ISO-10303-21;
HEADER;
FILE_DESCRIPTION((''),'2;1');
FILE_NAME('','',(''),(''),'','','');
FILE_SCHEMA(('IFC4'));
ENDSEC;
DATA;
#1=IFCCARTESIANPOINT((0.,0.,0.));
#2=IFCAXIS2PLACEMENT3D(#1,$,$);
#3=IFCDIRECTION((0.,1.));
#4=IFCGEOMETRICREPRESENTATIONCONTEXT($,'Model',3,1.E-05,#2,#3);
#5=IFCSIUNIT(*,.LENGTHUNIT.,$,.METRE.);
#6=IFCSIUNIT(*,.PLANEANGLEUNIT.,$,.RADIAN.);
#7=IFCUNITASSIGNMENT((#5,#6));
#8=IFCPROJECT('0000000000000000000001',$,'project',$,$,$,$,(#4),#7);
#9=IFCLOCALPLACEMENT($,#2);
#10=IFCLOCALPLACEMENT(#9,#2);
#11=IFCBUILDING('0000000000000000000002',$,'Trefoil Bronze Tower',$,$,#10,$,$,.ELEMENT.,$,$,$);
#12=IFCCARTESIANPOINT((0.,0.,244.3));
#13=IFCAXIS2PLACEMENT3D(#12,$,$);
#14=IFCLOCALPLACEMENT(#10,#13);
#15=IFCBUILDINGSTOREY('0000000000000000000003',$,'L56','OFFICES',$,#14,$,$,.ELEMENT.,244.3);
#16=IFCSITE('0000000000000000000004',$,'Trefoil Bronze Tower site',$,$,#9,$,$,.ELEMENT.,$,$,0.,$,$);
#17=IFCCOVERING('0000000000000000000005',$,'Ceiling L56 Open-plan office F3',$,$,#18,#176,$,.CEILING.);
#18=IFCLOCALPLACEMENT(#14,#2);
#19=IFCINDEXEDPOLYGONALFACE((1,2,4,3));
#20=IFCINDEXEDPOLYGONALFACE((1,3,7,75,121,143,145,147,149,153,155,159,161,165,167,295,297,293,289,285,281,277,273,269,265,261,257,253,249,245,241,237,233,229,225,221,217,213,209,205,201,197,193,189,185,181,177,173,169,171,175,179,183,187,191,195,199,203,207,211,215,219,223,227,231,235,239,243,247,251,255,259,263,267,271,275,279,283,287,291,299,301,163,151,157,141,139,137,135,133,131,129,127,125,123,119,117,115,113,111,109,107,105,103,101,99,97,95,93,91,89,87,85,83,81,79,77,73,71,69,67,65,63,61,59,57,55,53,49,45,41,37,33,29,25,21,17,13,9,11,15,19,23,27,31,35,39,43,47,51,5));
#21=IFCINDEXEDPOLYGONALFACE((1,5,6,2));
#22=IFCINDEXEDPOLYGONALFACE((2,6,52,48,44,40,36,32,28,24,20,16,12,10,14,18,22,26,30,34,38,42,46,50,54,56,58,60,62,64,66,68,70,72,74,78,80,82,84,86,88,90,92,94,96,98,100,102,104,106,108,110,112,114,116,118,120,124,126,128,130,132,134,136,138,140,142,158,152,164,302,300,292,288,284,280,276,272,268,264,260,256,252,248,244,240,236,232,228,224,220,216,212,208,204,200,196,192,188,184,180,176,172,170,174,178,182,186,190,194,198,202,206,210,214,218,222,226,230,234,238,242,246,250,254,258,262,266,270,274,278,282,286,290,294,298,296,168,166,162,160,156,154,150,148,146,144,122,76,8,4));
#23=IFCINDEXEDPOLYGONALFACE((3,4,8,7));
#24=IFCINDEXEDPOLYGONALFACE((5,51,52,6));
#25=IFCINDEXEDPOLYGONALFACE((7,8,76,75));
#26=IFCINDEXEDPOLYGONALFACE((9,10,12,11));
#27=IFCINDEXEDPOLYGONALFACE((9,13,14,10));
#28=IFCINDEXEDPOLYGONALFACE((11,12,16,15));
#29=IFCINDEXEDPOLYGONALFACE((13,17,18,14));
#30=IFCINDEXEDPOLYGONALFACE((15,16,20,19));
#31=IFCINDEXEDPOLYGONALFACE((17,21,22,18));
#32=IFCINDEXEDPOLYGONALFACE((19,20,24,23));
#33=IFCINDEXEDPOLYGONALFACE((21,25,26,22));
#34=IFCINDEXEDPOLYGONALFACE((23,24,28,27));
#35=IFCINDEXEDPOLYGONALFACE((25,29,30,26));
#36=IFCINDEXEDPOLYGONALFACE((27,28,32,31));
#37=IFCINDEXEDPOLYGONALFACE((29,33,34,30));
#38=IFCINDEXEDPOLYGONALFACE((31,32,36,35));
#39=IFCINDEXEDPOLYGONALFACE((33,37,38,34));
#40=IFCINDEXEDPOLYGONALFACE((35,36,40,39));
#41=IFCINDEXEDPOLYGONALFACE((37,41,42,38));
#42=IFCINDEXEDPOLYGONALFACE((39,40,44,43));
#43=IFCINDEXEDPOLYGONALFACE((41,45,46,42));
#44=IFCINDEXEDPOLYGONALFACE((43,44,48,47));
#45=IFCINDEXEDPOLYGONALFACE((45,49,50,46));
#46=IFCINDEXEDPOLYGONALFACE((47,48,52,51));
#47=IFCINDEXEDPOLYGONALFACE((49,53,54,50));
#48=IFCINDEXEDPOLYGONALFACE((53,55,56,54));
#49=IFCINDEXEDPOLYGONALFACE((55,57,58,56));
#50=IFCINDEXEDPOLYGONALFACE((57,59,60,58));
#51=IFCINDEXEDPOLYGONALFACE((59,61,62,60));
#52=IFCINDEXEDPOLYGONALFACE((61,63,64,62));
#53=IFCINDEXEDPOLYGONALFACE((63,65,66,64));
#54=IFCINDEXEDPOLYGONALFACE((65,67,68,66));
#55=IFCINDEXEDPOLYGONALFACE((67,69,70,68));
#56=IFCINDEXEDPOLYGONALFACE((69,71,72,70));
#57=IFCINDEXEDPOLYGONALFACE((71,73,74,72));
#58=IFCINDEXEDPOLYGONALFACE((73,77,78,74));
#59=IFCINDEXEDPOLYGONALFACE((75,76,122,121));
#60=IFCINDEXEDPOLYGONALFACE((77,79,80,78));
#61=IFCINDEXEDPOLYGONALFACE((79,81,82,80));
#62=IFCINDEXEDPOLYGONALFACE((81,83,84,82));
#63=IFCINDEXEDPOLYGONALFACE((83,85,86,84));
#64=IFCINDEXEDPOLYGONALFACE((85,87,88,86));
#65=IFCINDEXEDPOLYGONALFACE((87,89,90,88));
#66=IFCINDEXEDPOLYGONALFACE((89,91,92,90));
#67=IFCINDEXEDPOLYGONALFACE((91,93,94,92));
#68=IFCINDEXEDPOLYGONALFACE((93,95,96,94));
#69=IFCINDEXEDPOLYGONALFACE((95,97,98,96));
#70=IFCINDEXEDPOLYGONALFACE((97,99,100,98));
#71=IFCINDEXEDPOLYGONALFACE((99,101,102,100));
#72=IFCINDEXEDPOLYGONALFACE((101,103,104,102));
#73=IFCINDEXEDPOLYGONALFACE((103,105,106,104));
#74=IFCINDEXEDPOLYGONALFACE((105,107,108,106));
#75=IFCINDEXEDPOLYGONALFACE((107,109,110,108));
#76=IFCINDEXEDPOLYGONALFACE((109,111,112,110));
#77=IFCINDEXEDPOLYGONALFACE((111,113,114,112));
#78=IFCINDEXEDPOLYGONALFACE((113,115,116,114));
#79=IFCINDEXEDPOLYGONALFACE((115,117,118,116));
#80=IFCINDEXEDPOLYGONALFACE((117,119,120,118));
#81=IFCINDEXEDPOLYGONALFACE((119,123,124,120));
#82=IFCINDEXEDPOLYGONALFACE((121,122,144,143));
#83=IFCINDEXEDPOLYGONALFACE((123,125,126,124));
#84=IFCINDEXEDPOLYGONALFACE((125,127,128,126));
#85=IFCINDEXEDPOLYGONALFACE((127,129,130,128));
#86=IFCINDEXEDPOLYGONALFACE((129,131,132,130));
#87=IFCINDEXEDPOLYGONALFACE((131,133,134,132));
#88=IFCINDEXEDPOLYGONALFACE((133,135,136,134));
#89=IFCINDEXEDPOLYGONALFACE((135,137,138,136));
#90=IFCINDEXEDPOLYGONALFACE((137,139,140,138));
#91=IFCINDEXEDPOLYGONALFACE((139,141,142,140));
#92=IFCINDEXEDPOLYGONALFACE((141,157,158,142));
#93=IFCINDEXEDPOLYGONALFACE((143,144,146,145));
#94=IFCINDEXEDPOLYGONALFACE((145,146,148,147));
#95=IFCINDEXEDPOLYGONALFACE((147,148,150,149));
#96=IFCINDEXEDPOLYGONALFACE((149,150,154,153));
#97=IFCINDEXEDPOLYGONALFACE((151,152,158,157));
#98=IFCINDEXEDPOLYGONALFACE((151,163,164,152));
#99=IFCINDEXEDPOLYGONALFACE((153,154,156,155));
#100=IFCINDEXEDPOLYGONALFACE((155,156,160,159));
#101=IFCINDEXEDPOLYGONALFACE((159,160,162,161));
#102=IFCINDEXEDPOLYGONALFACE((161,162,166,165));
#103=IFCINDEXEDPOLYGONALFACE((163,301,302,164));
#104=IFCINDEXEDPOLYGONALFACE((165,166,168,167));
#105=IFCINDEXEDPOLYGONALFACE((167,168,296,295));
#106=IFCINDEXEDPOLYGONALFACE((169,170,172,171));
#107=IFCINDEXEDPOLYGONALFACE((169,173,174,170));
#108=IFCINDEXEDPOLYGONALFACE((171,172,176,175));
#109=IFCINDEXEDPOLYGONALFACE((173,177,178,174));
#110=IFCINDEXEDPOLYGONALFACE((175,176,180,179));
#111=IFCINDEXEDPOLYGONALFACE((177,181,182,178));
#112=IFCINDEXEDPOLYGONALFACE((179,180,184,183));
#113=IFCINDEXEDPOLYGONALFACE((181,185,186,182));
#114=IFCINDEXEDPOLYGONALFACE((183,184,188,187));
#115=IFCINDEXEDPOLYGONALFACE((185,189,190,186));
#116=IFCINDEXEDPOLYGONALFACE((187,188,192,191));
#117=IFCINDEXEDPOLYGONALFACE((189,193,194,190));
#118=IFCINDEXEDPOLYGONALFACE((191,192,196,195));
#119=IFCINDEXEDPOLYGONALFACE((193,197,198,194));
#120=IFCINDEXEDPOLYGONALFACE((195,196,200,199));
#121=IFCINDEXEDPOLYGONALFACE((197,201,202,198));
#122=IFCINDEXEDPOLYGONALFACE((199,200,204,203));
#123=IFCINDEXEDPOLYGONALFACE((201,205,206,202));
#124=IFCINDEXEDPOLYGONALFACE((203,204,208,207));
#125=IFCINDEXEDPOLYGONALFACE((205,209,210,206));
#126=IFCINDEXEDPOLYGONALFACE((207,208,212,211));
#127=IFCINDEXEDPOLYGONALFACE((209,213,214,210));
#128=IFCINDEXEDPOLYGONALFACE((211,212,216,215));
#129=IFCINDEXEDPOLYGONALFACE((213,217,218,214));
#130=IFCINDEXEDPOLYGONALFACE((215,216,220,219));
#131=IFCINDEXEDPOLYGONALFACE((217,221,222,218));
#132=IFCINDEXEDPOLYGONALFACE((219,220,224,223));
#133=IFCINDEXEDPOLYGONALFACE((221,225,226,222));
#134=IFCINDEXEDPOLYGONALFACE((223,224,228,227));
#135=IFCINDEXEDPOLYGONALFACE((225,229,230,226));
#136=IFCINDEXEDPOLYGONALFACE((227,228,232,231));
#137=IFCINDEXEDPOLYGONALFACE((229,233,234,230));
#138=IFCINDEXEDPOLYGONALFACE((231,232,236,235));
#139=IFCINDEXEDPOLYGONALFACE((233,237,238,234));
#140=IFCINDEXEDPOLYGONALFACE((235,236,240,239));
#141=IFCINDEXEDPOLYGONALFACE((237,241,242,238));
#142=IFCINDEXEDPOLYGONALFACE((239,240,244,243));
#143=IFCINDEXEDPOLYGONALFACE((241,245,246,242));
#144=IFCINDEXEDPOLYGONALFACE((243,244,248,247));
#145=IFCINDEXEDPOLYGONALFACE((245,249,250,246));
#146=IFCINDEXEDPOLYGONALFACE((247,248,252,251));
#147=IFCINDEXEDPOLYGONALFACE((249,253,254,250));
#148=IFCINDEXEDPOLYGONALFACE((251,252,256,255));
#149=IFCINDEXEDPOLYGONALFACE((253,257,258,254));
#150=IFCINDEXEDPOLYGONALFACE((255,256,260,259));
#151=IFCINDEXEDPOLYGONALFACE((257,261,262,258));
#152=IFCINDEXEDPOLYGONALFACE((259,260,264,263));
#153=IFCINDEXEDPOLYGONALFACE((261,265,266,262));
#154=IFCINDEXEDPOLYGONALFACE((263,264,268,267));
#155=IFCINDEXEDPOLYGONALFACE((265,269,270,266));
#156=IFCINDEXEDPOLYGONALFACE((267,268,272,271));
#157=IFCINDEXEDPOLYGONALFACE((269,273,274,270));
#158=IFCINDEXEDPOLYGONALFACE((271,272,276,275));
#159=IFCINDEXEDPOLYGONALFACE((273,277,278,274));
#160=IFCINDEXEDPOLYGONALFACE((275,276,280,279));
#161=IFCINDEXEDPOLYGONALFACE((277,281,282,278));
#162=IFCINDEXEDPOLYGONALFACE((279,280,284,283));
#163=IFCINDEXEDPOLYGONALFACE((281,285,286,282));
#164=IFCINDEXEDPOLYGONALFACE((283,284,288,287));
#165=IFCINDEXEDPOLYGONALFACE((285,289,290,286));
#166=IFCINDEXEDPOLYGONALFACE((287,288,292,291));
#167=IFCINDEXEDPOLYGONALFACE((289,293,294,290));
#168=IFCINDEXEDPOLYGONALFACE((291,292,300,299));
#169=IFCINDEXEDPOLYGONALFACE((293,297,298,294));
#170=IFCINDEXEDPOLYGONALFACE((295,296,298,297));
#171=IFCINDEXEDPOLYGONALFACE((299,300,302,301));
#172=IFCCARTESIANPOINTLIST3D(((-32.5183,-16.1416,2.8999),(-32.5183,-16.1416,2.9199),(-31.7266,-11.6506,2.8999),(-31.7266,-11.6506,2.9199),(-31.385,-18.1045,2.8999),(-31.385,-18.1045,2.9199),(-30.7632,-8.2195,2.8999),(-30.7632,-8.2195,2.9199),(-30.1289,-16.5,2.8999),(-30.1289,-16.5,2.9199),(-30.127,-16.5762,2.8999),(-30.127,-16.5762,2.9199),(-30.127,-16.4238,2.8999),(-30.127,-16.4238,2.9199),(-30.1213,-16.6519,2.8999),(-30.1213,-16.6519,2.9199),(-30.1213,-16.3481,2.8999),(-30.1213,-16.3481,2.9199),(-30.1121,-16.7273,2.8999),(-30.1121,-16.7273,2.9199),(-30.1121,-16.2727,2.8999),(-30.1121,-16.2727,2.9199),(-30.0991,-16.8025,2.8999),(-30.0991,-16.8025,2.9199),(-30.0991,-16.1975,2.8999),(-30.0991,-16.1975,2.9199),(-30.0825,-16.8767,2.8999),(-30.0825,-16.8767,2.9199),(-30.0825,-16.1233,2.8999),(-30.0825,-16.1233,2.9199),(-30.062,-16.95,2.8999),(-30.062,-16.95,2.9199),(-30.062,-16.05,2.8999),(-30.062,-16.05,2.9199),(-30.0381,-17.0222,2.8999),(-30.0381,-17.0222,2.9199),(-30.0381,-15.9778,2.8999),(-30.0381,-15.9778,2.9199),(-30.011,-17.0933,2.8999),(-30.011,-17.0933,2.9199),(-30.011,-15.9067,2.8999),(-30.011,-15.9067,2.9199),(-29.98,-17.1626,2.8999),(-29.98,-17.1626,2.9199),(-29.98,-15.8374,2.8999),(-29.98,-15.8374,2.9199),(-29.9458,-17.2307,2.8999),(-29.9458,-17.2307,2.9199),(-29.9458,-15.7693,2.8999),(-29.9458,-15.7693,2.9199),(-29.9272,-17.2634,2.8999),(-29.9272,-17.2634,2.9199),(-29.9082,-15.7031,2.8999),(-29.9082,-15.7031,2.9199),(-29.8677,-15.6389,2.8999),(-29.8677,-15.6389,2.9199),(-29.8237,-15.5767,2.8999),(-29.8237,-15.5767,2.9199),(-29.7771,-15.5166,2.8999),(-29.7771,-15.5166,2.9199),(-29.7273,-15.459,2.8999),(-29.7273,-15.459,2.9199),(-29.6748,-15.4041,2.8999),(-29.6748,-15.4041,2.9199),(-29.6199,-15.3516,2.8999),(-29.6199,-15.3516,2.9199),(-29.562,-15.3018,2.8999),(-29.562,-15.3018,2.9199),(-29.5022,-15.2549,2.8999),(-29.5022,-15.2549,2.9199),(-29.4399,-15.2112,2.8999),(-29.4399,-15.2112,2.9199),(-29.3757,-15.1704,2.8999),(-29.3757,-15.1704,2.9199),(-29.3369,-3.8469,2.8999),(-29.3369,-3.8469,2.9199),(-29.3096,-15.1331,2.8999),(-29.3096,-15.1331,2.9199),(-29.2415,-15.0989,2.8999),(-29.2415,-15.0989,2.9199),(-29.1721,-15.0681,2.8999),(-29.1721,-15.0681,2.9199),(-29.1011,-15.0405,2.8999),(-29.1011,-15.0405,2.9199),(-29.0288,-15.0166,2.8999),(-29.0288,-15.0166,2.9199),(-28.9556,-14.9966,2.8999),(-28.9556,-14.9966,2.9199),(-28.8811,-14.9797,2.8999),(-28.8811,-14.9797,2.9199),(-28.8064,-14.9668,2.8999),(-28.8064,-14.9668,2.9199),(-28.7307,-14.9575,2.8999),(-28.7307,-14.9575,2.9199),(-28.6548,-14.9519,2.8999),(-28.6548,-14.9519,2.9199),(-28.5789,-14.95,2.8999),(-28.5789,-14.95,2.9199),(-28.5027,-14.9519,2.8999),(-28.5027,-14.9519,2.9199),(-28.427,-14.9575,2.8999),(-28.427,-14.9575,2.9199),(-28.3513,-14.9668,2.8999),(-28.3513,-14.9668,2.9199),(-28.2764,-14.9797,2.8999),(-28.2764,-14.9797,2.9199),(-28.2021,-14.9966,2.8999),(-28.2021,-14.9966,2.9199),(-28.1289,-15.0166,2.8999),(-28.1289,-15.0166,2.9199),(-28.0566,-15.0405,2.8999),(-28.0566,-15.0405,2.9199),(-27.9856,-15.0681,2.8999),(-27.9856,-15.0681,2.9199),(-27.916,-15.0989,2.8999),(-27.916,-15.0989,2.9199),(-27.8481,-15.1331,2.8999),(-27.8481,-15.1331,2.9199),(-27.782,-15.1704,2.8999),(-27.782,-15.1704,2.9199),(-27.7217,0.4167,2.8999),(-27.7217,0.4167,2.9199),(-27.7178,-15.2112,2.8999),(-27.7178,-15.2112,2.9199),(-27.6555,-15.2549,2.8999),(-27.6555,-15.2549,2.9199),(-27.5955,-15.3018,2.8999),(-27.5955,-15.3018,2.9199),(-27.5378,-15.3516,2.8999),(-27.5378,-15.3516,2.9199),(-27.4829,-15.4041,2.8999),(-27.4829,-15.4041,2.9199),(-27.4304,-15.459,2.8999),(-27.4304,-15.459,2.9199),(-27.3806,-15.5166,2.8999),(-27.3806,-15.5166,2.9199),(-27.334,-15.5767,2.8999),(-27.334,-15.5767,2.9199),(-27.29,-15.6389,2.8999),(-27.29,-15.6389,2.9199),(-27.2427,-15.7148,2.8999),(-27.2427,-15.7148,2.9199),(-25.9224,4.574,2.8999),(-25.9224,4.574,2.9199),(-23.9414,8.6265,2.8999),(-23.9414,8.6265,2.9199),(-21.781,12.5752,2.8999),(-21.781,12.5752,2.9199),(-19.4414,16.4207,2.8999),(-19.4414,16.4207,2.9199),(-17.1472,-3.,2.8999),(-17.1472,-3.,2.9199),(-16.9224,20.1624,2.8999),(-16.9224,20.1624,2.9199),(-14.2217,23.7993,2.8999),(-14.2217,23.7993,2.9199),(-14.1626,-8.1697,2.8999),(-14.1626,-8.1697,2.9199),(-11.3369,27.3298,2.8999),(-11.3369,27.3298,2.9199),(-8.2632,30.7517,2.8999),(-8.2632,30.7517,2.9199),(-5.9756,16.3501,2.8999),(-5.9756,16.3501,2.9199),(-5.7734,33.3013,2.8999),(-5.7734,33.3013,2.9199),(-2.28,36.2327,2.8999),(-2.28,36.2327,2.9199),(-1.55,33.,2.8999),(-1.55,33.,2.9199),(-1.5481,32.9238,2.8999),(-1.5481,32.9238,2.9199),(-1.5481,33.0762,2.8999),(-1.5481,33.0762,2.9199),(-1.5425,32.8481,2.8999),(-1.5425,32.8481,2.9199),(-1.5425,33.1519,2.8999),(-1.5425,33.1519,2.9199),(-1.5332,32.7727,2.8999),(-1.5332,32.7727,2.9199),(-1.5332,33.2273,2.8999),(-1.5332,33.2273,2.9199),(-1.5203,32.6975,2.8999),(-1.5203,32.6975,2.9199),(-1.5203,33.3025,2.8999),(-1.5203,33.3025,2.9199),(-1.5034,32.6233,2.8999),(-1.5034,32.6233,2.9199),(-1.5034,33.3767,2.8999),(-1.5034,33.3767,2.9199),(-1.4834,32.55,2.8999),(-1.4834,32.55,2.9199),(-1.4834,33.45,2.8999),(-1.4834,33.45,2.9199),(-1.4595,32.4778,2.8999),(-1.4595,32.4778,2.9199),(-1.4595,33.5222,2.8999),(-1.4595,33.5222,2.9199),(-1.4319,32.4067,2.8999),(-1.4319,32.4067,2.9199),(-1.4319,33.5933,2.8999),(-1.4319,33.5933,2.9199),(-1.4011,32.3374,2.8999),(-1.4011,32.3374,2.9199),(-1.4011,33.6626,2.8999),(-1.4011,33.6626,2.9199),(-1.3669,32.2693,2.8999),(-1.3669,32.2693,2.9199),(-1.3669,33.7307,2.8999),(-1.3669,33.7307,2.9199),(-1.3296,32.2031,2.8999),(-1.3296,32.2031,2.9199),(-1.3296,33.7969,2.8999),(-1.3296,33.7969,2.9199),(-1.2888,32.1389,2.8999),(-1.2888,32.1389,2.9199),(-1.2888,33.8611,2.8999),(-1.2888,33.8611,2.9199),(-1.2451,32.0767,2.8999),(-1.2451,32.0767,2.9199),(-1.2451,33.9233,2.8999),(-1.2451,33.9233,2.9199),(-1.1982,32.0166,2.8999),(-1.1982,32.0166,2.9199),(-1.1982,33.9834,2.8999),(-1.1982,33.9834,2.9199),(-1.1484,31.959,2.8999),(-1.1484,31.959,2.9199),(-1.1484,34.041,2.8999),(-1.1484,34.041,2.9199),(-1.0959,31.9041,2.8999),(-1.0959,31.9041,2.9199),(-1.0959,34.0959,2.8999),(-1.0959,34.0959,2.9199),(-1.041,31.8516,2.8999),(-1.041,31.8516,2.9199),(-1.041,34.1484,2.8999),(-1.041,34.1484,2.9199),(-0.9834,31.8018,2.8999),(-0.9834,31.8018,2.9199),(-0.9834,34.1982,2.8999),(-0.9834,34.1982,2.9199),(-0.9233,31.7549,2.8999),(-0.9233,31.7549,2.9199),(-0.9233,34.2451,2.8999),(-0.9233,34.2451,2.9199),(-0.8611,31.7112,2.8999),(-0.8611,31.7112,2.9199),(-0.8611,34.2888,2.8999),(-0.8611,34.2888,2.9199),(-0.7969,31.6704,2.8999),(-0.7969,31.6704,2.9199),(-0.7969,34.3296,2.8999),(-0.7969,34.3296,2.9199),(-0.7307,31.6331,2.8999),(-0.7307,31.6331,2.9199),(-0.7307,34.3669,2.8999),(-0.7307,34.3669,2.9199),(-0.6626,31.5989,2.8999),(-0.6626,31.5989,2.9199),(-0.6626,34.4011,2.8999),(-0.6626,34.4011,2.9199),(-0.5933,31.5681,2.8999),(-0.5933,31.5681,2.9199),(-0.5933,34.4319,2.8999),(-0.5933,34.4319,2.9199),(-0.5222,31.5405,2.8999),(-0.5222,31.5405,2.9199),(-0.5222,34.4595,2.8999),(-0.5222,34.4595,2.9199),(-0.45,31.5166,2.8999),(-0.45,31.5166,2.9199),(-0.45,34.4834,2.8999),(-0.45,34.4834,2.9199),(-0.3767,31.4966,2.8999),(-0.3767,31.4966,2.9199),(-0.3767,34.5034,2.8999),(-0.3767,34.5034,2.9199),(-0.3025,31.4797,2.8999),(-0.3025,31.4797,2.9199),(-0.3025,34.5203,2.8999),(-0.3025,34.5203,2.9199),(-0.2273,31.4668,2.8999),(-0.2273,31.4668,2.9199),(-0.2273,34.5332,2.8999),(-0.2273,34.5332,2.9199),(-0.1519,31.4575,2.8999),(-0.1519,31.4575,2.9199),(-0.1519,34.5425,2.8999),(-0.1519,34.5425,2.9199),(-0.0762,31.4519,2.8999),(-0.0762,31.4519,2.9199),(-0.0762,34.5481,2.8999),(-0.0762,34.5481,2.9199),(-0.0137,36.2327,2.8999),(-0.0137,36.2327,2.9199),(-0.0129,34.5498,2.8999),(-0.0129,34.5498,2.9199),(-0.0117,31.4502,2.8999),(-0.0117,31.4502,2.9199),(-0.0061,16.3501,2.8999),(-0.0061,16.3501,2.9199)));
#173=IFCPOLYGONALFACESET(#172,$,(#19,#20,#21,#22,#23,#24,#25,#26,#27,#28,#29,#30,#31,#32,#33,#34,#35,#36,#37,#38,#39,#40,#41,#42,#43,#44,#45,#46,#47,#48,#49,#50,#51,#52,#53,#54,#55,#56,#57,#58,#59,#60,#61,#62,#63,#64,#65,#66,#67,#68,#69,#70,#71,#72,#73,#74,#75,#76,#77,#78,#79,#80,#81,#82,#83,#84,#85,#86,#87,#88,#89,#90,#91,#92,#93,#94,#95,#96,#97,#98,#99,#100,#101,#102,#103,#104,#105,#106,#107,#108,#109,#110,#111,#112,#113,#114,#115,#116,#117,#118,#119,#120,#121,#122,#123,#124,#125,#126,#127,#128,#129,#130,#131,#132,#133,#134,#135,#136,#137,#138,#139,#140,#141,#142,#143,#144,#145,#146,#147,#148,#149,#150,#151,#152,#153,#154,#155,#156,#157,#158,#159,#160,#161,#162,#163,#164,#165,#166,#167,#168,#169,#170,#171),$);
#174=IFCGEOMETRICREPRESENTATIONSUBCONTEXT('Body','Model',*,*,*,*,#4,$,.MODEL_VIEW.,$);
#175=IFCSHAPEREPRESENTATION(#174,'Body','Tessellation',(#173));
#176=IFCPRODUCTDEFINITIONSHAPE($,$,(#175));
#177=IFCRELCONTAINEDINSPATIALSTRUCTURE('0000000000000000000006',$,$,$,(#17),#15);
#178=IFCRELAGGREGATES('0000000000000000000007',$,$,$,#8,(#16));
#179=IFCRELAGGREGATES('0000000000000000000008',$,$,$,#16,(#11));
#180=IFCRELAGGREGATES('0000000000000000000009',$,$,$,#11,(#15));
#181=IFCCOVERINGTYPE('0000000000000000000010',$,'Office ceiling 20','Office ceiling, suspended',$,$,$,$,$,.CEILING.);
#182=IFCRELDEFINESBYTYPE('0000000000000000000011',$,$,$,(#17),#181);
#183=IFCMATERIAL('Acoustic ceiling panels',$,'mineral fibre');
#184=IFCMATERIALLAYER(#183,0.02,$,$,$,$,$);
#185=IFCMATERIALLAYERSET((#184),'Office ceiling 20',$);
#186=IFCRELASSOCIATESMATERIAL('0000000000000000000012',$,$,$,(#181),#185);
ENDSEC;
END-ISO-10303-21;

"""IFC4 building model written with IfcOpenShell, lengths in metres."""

from ifc_helpers import new_model, si_unit, direction, frame, origin, place, context, subcontext, project, spatial, polyline, outline, extrude, material, layer, layer_set, type_object, element, save


model = new_model("IFC4")

# Units and contexts
model_context = context("Model", 3, precision=1e-05, world=origin(), true_north=direction((0.0, 1.0)))
body_context = subcontext(model_context, "Body", "Model", "MODEL_VIEW")
ifc_project = project(units=[si_unit("LENGTHUNIT", "METRE"), si_unit("PLANEANGLEUNIT", "RADIAN")], contexts=[model_context])

# Site, building, storey
site_placement = place(None, origin())
site = spatial("IfcSite", under=ifc_project, at=site_placement, Name="Trefoil Bronze Tower site", CompositionType="ELEMENT", RefElevation=0.0)
building_placement = place(site_placement, origin())
building = spatial("IfcBuilding", under=site, at=building_placement, Name="Trefoil Bronze Tower", CompositionType="ELEMENT")
storey_placement = place(building_placement, frame((0.0, 0.0, 244.3)))
storey = spatial("IfcBuildingStorey", under=building, at=storey_placement, Name="L56", Description="OFFICES", CompositionType="ELEMENT", Elevation=244.3)

# Covering
ifc_material_1 = material(Name="Acoustic ceiling panels", Category="mineral fibre")
ifc_layer_1 = layer(ifc_material_1, 0.02)
ifc_layer_set_1 = layer_set([ifc_layer_1], Name="Office ceiling 20")
covering_type_1 = type_object("IfcCoveringType", Name="Office ceiling 20", Description="Office ceiling, suspended", PredefinedType="CEILING", material=ifc_layer_set_1)
covering_1_placement = place(storey_placement, frame((0.0, 0.0, 2.8999)))
element("IfcCovering", 1, at=covering_1_placement, inside=storey, type_object=covering_type_1, Name="Ceiling L56 Open-plan office F3", PredefinedType="CEILING", context=body_context, shape_type="SweptSolid", body=[
    extrude(outline(polyline([(-30.7632, -8.2195), (-29.3369, -3.8469), (-27.7217, 0.4167), (-25.9224, 4.574), (-23.9414, 8.6265), (-21.781, 12.5752), (-19.4414, 16.4207), (-16.9224, 20.1624), (-14.2217, 23.7993), (-11.3369, 27.3298), (-8.2632, 30.7517), (-5.7734, 33.3013), (-2.28, 36.2327), (-0.0137, 36.2327), (-0.0129, 34.5498), (-0.0762, 34.5481), (-0.1519, 34.5425), (-0.2273, 34.5332), (-0.3025, 34.5203), (-0.3767, 34.5034), (-0.45, 34.4834), (-0.5222, 34.4595), (-0.5933, 34.4319), (-0.6626, 34.4011), (-0.7307, 34.3669), (-0.7969, 34.3296), (-0.8611, 34.2888), (-0.9233, 34.2451), (-0.9834, 34.1982), (-1.041, 34.1484), (-1.0959, 34.0959), (-1.1484, 34.041), (-1.1982, 33.9834), (-1.2451, 33.9233), (-1.2888, 33.8611), (-1.3296, 33.7969), (-1.3669, 33.7307), (-1.4011, 33.6626), (-1.4319, 33.5933), (-1.4595, 33.5222), (-1.4834, 33.45), (-1.5034, 33.3767), (-1.5203, 33.3025), (-1.5332, 33.2273), (-1.5425, 33.1519), (-1.5481, 33.0762), (-1.55, 33.0), (-1.5481, 32.9238), (-1.5425, 32.8481), (-1.5332, 32.7727), (-1.5203, 32.6975), (-1.5034, 32.6233), (-1.4834, 32.55), (-1.4595, 32.4778), (-1.4319, 32.4067), (-1.4011, 32.3374), (-1.3669, 32.2693), (-1.3296, 32.2031), (-1.2888, 32.1389), (-1.2451, 32.0767), (-1.1982, 32.0166), (-1.1484, 31.959), (-1.0959, 31.9041), (-1.041, 31.8516), (-0.9834, 31.8018), (-0.9233, 31.7549), (-0.8611, 31.7112), (-0.7969, 31.6704), (-0.7307, 31.6331), (-0.6626, 31.5989), (-0.5933, 31.5681), (-0.5222, 31.5405), (-0.45, 31.5166), (-0.3767, 31.4966), (-0.3025, 31.4797), (-0.2273, 31.4668), (-0.1519, 31.4575), (-0.0762, 31.4519), (-0.0117, 31.4502), (-0.0061, 16.3501), (-5.9756, 16.3501), (-17.1472, -3.0), (-14.1626, -8.1697), (-27.2427, -15.7148), (-27.29, -15.6389), (-27.334, -15.5767), (-27.3806, -15.5166), (-27.4304, -15.459), (-27.4829, -15.4041), (-27.5378, -15.3516), (-27.5955, -15.3018), (-27.6555, -15.2549), (-27.7178, -15.2112), (-27.782, -15.1704), (-27.8481, -15.1331), (-27.916, -15.0989), (-27.9856, -15.0681), (-28.0566, -15.0405), (-28.1289, -15.0166), (-28.2021, -14.9966), (-28.2764, -14.9797), (-28.3513, -14.9668), (-28.427, -14.9575), (-28.5027, -14.9519), (-28.5789, -14.95), (-28.6548, -14.9519), (-28.7307, -14.9575), (-28.8064, -14.9668), (-28.8811, -14.9797), (-28.9556, -14.9966), (-29.0288, -15.0166), (-29.1011, -15.0405), (-29.1721, -15.0681), (-29.2415, -15.0989), (-29.3096, -15.1331), (-29.3757, -15.1704), (-29.4399, -15.2112), (-29.5022, -15.2549), (-29.562, -15.3018), (-29.6199, -15.3516), (-29.6748, -15.4041), (-29.7273, -15.459), (-29.7771, -15.5166), (-29.8237, -15.5767), (-29.8677, -15.6389), (-29.9082, -15.7031), (-29.9458, -15.7693), (-29.98, -15.8374), (-30.011, -15.9067), (-30.0381, -15.9778), (-30.062, -16.05), (-30.0825, -16.1233), (-30.0991, -16.1975), (-30.1121, -16.2727), (-30.1213, -16.3481), (-30.127, -16.4238), (-30.1289, -16.5), (-30.127, -16.5762), (-30.1213, -16.6519), (-30.1121, -16.7273), (-30.0991, -16.8025), (-30.0825, -16.8767), (-30.062, -16.95), (-30.0381, -17.0222), (-30.011, -17.0933), (-29.98, -17.1626), (-29.9458, -17.2307), (-29.9272, -17.2634), (-31.385, -18.1045), (-32.5183, -16.1416), (-31.7266, -11.6506), (-30.7632, -8.2195)])), origin(), (0.0, 0.0, 1.0), 0.02),
])

save(model, "model.ifc")
